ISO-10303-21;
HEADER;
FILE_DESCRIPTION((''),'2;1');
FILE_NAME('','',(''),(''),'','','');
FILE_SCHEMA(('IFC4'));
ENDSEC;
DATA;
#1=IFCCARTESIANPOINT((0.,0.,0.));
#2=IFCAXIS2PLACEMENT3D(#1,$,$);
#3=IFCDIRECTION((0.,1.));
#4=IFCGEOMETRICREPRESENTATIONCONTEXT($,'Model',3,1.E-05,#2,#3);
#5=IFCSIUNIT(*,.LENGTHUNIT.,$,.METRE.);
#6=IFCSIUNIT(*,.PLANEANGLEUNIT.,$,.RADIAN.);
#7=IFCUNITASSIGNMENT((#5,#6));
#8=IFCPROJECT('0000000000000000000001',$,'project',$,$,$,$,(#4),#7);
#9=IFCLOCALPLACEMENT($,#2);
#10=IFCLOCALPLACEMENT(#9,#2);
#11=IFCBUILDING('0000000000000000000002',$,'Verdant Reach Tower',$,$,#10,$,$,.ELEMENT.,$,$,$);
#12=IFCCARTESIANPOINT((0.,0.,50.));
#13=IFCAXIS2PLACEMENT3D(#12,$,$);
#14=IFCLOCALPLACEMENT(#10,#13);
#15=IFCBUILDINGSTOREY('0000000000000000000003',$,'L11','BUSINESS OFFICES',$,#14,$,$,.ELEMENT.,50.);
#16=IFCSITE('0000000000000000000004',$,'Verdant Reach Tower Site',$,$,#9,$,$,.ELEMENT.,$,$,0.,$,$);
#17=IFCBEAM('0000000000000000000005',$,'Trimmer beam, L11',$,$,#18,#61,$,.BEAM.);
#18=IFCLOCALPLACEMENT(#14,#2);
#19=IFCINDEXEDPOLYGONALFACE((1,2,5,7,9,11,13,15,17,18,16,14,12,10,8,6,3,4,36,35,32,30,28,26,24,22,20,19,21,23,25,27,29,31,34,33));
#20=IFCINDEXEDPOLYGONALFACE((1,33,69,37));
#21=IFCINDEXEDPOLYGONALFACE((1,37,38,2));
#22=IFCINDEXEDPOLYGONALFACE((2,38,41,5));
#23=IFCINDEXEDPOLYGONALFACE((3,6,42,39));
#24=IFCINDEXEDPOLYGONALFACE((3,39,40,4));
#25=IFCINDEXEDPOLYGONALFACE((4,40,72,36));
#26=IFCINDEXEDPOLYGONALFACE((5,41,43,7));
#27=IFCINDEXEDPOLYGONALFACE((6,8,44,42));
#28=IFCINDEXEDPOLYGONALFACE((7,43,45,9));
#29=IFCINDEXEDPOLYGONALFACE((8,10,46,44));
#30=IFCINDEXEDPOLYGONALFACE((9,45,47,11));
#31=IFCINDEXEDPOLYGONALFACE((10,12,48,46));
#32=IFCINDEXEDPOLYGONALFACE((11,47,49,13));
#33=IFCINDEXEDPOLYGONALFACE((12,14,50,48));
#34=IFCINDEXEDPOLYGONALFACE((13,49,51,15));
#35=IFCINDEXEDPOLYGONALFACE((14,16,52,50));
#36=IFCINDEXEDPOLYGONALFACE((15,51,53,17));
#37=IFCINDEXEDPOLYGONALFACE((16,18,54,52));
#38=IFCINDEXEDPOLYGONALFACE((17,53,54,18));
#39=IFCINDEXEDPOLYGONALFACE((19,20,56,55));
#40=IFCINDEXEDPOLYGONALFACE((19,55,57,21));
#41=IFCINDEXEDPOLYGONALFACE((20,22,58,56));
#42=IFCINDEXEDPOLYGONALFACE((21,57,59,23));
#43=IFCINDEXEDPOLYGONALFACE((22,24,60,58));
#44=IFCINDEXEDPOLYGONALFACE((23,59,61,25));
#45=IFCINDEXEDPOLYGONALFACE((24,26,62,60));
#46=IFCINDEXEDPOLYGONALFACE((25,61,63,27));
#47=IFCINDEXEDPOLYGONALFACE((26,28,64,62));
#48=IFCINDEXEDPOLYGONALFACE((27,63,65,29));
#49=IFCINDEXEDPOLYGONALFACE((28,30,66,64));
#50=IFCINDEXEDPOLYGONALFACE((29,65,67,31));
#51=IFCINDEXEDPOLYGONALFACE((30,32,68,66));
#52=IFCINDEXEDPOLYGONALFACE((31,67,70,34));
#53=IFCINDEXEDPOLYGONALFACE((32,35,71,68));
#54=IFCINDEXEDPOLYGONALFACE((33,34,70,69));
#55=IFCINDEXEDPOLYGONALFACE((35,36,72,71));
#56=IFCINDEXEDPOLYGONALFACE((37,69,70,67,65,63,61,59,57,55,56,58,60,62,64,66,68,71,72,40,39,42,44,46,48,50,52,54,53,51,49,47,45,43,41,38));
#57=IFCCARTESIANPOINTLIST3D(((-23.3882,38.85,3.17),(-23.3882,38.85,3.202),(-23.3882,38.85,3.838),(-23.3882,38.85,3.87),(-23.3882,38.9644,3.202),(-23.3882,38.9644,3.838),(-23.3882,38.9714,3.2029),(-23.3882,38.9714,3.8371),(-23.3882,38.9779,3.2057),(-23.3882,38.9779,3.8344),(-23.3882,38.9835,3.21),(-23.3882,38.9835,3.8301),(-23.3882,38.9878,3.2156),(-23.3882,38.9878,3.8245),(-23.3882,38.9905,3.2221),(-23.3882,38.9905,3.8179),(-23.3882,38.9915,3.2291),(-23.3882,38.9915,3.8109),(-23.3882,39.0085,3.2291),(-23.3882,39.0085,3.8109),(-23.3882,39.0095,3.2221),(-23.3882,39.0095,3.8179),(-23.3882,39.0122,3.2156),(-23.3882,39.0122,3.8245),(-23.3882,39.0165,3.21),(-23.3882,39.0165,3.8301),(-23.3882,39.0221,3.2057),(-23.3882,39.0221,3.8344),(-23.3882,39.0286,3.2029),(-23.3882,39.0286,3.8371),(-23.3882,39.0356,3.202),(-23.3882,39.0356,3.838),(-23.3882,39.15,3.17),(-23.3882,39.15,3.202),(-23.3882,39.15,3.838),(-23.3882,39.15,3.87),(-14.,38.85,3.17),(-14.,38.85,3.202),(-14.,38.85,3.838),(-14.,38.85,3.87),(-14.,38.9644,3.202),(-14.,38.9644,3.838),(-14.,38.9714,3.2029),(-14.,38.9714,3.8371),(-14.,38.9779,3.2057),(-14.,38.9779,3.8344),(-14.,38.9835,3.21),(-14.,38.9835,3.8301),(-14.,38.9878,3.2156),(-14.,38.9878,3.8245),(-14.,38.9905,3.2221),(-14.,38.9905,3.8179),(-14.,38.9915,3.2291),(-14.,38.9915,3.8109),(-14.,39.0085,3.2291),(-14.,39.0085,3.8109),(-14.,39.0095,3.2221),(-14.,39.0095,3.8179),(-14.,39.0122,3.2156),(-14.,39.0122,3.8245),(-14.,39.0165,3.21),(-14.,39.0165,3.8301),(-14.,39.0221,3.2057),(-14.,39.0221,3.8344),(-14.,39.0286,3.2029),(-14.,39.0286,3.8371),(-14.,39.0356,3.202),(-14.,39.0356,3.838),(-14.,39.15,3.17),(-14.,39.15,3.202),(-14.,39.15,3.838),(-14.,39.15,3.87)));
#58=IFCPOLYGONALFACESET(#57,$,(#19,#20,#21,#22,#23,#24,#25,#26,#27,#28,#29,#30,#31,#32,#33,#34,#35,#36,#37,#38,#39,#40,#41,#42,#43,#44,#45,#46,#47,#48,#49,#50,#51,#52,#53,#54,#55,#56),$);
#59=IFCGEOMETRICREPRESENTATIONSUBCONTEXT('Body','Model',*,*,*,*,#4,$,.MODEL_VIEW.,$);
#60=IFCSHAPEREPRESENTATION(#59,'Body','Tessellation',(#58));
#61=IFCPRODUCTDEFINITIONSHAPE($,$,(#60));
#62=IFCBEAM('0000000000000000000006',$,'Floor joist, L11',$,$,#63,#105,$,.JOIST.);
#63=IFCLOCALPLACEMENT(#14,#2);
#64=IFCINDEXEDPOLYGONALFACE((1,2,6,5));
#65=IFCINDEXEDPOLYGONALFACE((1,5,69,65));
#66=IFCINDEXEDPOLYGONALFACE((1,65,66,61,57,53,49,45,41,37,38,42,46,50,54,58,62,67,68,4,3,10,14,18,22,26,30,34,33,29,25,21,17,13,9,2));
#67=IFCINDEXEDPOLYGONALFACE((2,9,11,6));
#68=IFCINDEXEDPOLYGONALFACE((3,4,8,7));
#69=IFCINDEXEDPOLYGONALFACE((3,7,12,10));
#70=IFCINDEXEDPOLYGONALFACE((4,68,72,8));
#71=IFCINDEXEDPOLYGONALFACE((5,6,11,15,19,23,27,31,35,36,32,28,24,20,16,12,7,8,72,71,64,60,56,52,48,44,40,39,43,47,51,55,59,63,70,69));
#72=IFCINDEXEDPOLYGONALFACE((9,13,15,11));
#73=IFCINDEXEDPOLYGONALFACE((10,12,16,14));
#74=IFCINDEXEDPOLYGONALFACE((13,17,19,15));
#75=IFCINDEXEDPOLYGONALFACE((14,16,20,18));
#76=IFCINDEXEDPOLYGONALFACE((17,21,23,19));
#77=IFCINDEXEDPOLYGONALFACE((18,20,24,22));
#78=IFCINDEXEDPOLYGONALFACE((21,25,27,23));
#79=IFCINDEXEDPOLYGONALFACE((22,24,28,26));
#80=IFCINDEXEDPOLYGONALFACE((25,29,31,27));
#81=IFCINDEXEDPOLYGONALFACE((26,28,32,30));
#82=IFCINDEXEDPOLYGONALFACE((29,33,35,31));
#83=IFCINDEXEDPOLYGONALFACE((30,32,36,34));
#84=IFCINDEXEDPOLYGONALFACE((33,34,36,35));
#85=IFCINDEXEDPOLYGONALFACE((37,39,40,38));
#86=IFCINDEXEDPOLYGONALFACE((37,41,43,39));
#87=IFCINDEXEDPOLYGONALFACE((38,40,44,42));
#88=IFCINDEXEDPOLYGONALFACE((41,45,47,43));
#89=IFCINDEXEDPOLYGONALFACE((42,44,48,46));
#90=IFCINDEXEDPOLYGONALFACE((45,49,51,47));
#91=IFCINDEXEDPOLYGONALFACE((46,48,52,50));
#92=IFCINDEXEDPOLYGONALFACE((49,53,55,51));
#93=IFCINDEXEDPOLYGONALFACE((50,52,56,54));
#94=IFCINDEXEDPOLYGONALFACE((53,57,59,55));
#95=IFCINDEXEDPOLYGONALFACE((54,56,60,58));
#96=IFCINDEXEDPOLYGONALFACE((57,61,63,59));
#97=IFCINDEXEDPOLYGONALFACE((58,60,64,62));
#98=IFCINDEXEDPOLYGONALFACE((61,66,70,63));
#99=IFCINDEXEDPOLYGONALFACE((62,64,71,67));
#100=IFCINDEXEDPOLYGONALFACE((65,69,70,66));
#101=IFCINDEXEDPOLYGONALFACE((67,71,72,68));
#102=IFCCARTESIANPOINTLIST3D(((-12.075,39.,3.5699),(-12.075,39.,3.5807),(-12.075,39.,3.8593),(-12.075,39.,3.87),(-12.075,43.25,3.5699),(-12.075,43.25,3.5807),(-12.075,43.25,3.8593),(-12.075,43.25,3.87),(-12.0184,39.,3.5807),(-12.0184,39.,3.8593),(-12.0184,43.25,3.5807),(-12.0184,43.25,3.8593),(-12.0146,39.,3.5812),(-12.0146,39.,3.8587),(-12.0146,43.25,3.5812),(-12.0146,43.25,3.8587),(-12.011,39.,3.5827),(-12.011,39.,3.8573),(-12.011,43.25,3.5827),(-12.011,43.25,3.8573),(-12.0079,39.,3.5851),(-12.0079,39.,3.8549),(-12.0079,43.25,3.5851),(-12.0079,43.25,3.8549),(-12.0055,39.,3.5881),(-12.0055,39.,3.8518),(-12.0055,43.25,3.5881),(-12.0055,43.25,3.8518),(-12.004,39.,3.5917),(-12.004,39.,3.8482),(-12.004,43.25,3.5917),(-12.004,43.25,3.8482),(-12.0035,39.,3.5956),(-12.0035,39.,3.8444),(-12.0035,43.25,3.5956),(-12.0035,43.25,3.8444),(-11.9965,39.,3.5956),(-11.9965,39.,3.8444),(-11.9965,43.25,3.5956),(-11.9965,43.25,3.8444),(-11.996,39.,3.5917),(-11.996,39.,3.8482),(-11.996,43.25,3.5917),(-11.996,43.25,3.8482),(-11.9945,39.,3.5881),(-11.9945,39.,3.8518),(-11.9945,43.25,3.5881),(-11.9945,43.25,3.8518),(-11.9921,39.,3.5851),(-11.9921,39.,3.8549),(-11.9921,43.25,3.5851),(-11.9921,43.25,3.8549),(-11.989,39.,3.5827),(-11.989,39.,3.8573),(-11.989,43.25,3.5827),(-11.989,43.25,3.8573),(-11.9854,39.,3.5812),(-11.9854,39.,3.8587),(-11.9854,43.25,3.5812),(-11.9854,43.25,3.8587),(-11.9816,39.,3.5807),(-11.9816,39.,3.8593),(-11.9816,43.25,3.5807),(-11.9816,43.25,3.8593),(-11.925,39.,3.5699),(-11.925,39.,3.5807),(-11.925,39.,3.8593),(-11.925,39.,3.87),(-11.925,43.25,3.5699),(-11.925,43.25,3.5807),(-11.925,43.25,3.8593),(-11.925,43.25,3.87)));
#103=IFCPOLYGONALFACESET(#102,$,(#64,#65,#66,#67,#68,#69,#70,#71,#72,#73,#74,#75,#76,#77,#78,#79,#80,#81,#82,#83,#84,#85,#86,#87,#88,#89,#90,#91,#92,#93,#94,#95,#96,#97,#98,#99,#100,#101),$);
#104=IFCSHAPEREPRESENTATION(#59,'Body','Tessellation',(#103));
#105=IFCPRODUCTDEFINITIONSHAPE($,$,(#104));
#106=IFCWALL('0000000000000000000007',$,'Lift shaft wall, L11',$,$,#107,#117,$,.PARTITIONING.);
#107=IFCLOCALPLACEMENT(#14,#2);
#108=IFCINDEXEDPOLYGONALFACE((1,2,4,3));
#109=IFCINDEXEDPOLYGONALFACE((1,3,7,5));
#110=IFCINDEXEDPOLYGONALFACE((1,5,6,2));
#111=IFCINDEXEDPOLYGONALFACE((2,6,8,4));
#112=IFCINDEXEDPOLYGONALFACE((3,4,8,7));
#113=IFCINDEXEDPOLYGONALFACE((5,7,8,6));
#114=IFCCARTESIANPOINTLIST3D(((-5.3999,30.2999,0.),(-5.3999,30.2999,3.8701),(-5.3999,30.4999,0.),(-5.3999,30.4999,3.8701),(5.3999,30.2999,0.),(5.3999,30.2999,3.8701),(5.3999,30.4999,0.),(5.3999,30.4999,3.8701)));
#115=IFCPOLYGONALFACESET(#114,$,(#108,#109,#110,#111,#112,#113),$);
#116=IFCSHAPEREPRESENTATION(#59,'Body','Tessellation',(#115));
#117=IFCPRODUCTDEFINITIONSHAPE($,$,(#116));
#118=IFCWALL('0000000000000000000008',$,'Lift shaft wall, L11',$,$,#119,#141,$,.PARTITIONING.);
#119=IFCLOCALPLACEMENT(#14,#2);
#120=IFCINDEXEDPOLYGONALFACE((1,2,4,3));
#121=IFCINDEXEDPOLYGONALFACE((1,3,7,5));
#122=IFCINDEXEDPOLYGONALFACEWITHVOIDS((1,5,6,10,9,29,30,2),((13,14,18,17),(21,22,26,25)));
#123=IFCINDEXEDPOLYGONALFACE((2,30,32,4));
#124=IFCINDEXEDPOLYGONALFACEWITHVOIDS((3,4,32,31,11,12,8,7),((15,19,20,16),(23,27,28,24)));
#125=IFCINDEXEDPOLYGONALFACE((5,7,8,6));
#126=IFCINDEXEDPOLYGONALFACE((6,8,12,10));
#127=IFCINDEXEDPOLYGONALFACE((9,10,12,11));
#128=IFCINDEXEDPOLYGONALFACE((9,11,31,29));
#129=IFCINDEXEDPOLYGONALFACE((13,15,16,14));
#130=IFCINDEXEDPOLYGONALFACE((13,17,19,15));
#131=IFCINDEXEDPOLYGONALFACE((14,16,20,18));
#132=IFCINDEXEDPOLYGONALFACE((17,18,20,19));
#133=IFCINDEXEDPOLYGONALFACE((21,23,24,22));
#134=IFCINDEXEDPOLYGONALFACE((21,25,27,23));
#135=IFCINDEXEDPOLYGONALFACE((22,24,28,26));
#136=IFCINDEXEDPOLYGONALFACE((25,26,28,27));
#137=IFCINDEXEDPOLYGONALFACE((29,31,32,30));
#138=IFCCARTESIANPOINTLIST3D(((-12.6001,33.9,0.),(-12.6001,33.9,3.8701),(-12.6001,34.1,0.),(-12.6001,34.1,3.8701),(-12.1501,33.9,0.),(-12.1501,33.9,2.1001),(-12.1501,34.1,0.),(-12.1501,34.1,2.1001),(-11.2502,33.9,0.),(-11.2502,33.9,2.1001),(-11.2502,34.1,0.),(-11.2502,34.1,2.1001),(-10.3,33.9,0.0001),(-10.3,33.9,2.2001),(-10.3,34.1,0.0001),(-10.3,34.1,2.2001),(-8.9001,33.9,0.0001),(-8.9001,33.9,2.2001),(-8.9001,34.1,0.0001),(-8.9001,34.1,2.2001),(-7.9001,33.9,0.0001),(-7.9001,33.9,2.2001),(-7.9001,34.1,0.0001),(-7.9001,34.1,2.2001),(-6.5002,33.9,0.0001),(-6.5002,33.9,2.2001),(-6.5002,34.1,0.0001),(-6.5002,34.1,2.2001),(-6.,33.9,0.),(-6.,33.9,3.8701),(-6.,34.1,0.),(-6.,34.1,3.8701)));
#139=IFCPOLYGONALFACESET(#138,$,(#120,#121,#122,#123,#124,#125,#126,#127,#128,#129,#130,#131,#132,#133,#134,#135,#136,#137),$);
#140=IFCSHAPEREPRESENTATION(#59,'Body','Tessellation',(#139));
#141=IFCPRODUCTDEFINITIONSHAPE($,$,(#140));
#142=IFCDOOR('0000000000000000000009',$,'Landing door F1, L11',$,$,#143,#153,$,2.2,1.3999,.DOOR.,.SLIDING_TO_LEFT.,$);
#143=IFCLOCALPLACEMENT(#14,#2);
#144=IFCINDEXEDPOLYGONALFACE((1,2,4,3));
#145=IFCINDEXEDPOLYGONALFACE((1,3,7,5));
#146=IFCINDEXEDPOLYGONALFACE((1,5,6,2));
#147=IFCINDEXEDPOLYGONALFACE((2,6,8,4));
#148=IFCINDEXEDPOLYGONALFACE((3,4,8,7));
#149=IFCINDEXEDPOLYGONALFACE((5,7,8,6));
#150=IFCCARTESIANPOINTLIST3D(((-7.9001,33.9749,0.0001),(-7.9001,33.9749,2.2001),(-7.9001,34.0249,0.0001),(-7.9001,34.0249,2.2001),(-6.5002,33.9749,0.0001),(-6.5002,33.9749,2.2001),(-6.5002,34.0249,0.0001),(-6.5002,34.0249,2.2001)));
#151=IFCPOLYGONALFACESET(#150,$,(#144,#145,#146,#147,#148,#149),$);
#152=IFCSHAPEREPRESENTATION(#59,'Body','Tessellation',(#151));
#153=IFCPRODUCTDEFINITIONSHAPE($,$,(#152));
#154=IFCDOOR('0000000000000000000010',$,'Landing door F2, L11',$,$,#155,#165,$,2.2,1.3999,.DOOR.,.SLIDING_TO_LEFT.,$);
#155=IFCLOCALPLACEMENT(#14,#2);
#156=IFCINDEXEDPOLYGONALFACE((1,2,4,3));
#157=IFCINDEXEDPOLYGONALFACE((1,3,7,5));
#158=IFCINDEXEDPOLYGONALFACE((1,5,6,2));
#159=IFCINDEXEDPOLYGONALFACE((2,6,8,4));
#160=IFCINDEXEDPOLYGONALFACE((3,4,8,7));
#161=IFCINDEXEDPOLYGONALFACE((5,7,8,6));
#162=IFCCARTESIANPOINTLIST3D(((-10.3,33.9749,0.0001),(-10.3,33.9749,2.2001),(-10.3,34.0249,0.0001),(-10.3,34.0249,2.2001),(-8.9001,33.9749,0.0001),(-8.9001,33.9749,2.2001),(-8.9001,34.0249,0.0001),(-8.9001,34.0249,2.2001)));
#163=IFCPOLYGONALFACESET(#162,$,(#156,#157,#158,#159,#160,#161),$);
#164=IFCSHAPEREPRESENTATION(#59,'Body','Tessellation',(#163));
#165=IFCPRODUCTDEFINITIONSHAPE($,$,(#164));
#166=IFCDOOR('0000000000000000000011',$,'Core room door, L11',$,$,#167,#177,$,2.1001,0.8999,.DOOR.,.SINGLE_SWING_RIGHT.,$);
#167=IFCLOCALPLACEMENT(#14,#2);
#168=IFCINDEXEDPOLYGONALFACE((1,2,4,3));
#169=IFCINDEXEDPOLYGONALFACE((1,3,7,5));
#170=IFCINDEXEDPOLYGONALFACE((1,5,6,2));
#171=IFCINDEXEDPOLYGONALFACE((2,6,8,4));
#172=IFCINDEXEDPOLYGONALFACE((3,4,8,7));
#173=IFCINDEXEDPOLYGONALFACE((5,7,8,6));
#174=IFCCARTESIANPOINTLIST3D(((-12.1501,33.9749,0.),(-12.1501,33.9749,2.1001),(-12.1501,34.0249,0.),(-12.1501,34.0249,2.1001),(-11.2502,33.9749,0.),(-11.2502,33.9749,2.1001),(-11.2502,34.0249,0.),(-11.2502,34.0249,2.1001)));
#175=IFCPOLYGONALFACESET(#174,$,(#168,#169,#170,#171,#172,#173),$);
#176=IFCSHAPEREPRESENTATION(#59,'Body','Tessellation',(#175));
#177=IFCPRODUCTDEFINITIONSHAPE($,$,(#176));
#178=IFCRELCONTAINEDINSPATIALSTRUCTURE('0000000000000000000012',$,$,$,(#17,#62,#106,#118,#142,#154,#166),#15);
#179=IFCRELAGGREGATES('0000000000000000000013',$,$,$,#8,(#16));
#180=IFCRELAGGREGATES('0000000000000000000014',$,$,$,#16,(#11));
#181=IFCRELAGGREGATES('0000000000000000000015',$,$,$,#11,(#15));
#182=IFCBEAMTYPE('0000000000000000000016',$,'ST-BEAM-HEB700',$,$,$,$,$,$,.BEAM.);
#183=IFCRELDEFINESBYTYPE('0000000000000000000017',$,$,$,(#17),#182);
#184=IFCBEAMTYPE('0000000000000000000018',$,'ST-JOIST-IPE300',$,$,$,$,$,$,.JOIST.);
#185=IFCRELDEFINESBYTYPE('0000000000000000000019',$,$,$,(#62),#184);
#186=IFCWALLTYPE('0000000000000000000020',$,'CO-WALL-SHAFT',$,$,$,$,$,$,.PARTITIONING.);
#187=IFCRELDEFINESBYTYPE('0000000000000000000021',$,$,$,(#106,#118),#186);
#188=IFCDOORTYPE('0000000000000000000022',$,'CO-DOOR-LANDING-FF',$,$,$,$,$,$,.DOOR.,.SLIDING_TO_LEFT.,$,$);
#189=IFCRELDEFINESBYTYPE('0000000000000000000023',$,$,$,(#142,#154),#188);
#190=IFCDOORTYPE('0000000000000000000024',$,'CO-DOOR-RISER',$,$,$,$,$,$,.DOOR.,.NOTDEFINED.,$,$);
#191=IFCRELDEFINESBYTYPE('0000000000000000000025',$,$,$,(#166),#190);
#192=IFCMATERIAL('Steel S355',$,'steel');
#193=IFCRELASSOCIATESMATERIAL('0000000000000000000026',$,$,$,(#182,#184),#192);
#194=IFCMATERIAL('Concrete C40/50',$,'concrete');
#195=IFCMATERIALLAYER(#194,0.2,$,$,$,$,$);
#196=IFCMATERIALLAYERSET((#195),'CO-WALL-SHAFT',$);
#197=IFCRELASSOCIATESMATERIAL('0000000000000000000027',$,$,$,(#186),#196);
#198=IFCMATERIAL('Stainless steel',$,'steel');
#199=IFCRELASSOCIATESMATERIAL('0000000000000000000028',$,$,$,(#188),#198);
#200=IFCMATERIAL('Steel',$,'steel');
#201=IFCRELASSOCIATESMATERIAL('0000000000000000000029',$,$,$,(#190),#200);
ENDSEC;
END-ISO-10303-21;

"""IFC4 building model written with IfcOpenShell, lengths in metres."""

from ifc_helpers import new_model, si_unit, direction, frame, frame_2d, origin, origin_2d, place, context, subcontext, project, spatial, rectangle, i_section, extrude, material, layer, layer_set, material_profile, profile_set, type_object, element, fill, save


model = new_model("IFC4")

# Units and contexts
model_context = context("Model", 3, precision=1e-05, world=origin(), true_north=direction((0.0, 1.0)))
body_context = subcontext(model_context, "Body", "Model", "MODEL_VIEW")
ifc_project = project(units=[si_unit("LENGTHUNIT", "METRE"), si_unit("PLANEANGLEUNIT", "RADIAN")], contexts=[model_context])

# Site, building, storey
site_placement = place(None, origin())
site = spatial("IfcSite", under=ifc_project, at=site_placement, Name="Verdant Reach Tower Site", CompositionType="ELEMENT", RefElevation=0.0)
building_placement = place(site_placement, origin())
building = spatial("IfcBuilding", under=site, at=building_placement, Name="Verdant Reach Tower", CompositionType="ELEMENT")
storey_placement = place(building_placement, frame((0.0, 0.0, 50.0)))
storey = spatial("IfcBuildingStorey", under=building, at=storey_placement, Name="L11", Description="BUSINESS OFFICES", CompositionType="ELEMENT", Elevation=50.0)

# Beams
ifc_material_1 = material(Name="Steel S355", Category="steel")
ifc_material_profile_1 = material_profile(ifc_material_1, i_section(OverallWidth=0.3, OverallDepth=0.7, WebThickness=0.0171, FlangeThickness=0.032, FilletRadius=0.0271, at=origin_2d()), Name="HEB 700")
ifc_profile_set_1 = profile_set([ifc_material_profile_1], Name="Steel S355")
beam_type_1 = type_object("IfcBeamType", Name="ST-BEAM-HEB700", PredefinedType="BEAM", material=ifc_profile_set_1)
beam_1_placement = place(storey_placement, frame((-14.0, 39.0, 3.52), z_axis=(-1.0, 0.0, 0.0), x_axis=(0.0, -1.0, 0.0)))
element("IfcBeam", 1, at=beam_1_placement, inside=storey, type_object=beam_type_1, Name="Trimmer beam, L11", PredefinedType="BEAM", context=body_context, shape_type="SweptSolid", body=[
    extrude(i_section(OverallWidth=0.3, OverallDepth=0.7, WebThickness=0.0171, FlangeThickness=0.032, FilletRadius=0.0271, at=origin_2d()), origin(), (0.0, 0.0, 1.0), 9.3882),
])
ifc_material_profile_2 = material_profile(ifc_material_1, i_section(OverallWidth=0.1499, OverallDepth=0.3, WebThickness=0.0071, FlangeThickness=0.0107, FilletRadius=0.0149, at=origin_2d()), Name="IPE 300")
ifc_profile_set_2 = profile_set([ifc_material_profile_2], Name="Steel S355")
beam_type_2 = type_object("IfcBeamType", Name="ST-JOIST-IPE300", PredefinedType="JOIST", material=ifc_profile_set_2)
beam_2_placement = place(storey_placement, frame((-12.0, 39.0, 3.72), z_axis=(0.0, 1.0, 0.0), x_axis=(-1.0, 0.0, 0.0)))
element("IfcBeam", 2, at=beam_2_placement, inside=storey, type_object=beam_type_2, Name="Floor joist, L11", PredefinedType="JOIST", context=body_context, shape_type="SweptSolid", body=[
    extrude(i_section(OverallWidth=0.1499, OverallDepth=0.3, WebThickness=0.0071, FlangeThickness=0.0107, FilletRadius=0.0149, at=origin_2d()), origin(), (0.0, 0.0, 1.0), 4.25),
])

# Wall
ifc_material_2 = material(Name="Concrete C40/50", Category="concrete")
ifc_layer_1 = layer(ifc_material_2, 0.2)
ifc_layer_set_1 = layer_set([ifc_layer_1], Name="CO-WALL-SHAFT")
wall_type_1 = type_object("IfcWallType", Name="CO-WALL-SHAFT", PredefinedType="PARTITIONING", material=ifc_layer_set_1)
wall_1_placement = place(storey_placement, frame((-5.3999, 30.3999, 0.0), z_axis=(0.0, 0.0, 1.0), x_axis=(1.0, 0.0, 0.0)))
element("IfcWall", 3, at=wall_1_placement, inside=storey, type_object=wall_type_1, Name="Lift shaft wall, L11", PredefinedType="PARTITIONING", context=body_context, shape_type="SweptSolid", body=[
    extrude(rectangle(XDim=10.7998, YDim=0.2, at=frame_2d((5.3999, 0.0))), origin(), (0.0, 0.0, 1.0), 3.8701),
])

# Wall, openings, doors
wall_2_placement = place(storey_placement, frame((-12.6001, 34.0, 0.0), z_axis=(0.0, 0.0, 1.0), x_axis=(1.0, 0.0, 0.0)))
wall_2 = element("IfcWall", 4, at=wall_2_placement, inside=storey, type_object=wall_type_1, Name="Lift shaft wall, L11", PredefinedType="PARTITIONING", context=body_context, shape_type="SweptSolid", body=[
    extrude(rectangle(XDim=6.6001, YDim=0.2, at=frame_2d((3.3, 0.0))), origin(), (0.0, 0.0, 1.0), 3.8701),
])
opening_1_placement = place(wall_2_placement, frame((4.7, 0.0, 0.0)))
opening_1 = element("IfcOpeningElement", 5, at=opening_1_placement, cuts=wall_2, PredefinedType="OPENING", context=body_context, shape_type="SweptSolid", body=[
    extrude(rectangle(XDim=1.3999, YDim=2.2, at=frame_2d((0.7, 1.1001))), frame((0.0, 0.1099, 0.0), z_axis=(0.0, -1.0, 0.0), x_axis=(1.0, 0.0, 0.0)), (0.0, 0.0, 1.0), 0.22),
])
opening_2_placement = place(wall_2_placement, frame((2.3, 0.0, 0.0)))
opening_2 = element("IfcOpeningElement", 6, at=opening_2_placement, cuts=wall_2, PredefinedType="OPENING", context=body_context, shape_type="SweptSolid", body=[
    extrude(rectangle(XDim=1.3999, YDim=2.2, at=frame_2d((0.7, 1.1001))), frame((0.0, 0.1099, 0.0), z_axis=(0.0, -1.0, 0.0), x_axis=(1.0, 0.0, 0.0)), (0.0, 0.0, 1.0), 0.22),
])
opening_3_placement = place(wall_2_placement, frame((0.45, 0.0, 0.0)))
opening_3 = element("IfcOpeningElement", 7, at=opening_3_placement, cuts=wall_2, PredefinedType="OPENING", context=body_context, shape_type="SweptSolid", body=[
    extrude(rectangle(XDim=0.8999, YDim=2.1001, at=frame_2d((0.45, 1.05))), frame((0.0, 0.1099, 0.0), z_axis=(0.0, -1.0, 0.0), x_axis=(1.0, 0.0, 0.0)), (0.0, 0.0, 1.0), 0.22),
])
ifc_material_3 = material(Name="Stainless steel", Category="steel")
door_type_1 = type_object("IfcDoorType", Name="CO-DOOR-LANDING-FF", OperationType="SLIDING_TO_LEFT", PredefinedType="DOOR", material=ifc_material_3)
door_1_placement = place(opening_1_placement, origin())
door_1 = element("IfcDoor", 8, at=door_1_placement, inside=storey, type_object=door_type_1, Name="Landing door F1, L11", OperationType="SLIDING_TO_LEFT", OverallHeight=2.2, OverallWidth=1.3999, PredefinedType="DOOR", context=body_context, shape_type="SweptSolid", body=[
    extrude(rectangle(XDim=1.3999, YDim=2.2, at=frame_2d((0.7, 1.1001))), frame((0.0, 0.0249, 0.0), z_axis=(0.0, -1.0, 0.0), x_axis=(1.0, 0.0, 0.0)), (0.0, 0.0, 1.0), 0.05),
])
fill(opening_1, door_1)
door_2_placement = place(opening_2_placement, origin())
door_2 = element("IfcDoor", 9, at=door_2_placement, inside=storey, type_object=door_type_1, Name="Landing door F2, L11", OperationType="SLIDING_TO_LEFT", OverallHeight=2.2, OverallWidth=1.3999, PredefinedType="DOOR", context=body_context, shape_type="SweptSolid", body=[
    extrude(rectangle(XDim=1.3999, YDim=2.2, at=frame_2d((0.7, 1.1001))), frame((0.0, 0.0249, 0.0), z_axis=(0.0, -1.0, 0.0), x_axis=(1.0, 0.0, 0.0)), (0.0, 0.0, 1.0), 0.05),
])
fill(opening_2, door_2)
ifc_material_4 = material(Name="Steel", Category="steel")
door_type_2 = type_object("IfcDoorType", Name="CO-DOOR-RISER", OperationType="NOTDEFINED", PredefinedType="DOOR", material=ifc_material_4)
door_3_placement = place(opening_3_placement, origin())
door_3 = element("IfcDoor", 10, at=door_3_placement, inside=storey, type_object=door_type_2, Name="Core room door, L11", OperationType="SINGLE_SWING_RIGHT", OverallHeight=2.1001, OverallWidth=0.8999, PredefinedType="DOOR", context=body_context, shape_type="SweptSolid", body=[
    extrude(rectangle(XDim=0.8999, YDim=2.1001, at=frame_2d((0.45, 1.05))), frame((0.0, 0.0249, 0.0), z_axis=(0.0, -1.0, 0.0), x_axis=(1.0, 0.0, 0.0)), (0.0, 0.0, 1.0), 0.05),
])
fill(opening_3, door_3)

save(model, "model.ifc")
